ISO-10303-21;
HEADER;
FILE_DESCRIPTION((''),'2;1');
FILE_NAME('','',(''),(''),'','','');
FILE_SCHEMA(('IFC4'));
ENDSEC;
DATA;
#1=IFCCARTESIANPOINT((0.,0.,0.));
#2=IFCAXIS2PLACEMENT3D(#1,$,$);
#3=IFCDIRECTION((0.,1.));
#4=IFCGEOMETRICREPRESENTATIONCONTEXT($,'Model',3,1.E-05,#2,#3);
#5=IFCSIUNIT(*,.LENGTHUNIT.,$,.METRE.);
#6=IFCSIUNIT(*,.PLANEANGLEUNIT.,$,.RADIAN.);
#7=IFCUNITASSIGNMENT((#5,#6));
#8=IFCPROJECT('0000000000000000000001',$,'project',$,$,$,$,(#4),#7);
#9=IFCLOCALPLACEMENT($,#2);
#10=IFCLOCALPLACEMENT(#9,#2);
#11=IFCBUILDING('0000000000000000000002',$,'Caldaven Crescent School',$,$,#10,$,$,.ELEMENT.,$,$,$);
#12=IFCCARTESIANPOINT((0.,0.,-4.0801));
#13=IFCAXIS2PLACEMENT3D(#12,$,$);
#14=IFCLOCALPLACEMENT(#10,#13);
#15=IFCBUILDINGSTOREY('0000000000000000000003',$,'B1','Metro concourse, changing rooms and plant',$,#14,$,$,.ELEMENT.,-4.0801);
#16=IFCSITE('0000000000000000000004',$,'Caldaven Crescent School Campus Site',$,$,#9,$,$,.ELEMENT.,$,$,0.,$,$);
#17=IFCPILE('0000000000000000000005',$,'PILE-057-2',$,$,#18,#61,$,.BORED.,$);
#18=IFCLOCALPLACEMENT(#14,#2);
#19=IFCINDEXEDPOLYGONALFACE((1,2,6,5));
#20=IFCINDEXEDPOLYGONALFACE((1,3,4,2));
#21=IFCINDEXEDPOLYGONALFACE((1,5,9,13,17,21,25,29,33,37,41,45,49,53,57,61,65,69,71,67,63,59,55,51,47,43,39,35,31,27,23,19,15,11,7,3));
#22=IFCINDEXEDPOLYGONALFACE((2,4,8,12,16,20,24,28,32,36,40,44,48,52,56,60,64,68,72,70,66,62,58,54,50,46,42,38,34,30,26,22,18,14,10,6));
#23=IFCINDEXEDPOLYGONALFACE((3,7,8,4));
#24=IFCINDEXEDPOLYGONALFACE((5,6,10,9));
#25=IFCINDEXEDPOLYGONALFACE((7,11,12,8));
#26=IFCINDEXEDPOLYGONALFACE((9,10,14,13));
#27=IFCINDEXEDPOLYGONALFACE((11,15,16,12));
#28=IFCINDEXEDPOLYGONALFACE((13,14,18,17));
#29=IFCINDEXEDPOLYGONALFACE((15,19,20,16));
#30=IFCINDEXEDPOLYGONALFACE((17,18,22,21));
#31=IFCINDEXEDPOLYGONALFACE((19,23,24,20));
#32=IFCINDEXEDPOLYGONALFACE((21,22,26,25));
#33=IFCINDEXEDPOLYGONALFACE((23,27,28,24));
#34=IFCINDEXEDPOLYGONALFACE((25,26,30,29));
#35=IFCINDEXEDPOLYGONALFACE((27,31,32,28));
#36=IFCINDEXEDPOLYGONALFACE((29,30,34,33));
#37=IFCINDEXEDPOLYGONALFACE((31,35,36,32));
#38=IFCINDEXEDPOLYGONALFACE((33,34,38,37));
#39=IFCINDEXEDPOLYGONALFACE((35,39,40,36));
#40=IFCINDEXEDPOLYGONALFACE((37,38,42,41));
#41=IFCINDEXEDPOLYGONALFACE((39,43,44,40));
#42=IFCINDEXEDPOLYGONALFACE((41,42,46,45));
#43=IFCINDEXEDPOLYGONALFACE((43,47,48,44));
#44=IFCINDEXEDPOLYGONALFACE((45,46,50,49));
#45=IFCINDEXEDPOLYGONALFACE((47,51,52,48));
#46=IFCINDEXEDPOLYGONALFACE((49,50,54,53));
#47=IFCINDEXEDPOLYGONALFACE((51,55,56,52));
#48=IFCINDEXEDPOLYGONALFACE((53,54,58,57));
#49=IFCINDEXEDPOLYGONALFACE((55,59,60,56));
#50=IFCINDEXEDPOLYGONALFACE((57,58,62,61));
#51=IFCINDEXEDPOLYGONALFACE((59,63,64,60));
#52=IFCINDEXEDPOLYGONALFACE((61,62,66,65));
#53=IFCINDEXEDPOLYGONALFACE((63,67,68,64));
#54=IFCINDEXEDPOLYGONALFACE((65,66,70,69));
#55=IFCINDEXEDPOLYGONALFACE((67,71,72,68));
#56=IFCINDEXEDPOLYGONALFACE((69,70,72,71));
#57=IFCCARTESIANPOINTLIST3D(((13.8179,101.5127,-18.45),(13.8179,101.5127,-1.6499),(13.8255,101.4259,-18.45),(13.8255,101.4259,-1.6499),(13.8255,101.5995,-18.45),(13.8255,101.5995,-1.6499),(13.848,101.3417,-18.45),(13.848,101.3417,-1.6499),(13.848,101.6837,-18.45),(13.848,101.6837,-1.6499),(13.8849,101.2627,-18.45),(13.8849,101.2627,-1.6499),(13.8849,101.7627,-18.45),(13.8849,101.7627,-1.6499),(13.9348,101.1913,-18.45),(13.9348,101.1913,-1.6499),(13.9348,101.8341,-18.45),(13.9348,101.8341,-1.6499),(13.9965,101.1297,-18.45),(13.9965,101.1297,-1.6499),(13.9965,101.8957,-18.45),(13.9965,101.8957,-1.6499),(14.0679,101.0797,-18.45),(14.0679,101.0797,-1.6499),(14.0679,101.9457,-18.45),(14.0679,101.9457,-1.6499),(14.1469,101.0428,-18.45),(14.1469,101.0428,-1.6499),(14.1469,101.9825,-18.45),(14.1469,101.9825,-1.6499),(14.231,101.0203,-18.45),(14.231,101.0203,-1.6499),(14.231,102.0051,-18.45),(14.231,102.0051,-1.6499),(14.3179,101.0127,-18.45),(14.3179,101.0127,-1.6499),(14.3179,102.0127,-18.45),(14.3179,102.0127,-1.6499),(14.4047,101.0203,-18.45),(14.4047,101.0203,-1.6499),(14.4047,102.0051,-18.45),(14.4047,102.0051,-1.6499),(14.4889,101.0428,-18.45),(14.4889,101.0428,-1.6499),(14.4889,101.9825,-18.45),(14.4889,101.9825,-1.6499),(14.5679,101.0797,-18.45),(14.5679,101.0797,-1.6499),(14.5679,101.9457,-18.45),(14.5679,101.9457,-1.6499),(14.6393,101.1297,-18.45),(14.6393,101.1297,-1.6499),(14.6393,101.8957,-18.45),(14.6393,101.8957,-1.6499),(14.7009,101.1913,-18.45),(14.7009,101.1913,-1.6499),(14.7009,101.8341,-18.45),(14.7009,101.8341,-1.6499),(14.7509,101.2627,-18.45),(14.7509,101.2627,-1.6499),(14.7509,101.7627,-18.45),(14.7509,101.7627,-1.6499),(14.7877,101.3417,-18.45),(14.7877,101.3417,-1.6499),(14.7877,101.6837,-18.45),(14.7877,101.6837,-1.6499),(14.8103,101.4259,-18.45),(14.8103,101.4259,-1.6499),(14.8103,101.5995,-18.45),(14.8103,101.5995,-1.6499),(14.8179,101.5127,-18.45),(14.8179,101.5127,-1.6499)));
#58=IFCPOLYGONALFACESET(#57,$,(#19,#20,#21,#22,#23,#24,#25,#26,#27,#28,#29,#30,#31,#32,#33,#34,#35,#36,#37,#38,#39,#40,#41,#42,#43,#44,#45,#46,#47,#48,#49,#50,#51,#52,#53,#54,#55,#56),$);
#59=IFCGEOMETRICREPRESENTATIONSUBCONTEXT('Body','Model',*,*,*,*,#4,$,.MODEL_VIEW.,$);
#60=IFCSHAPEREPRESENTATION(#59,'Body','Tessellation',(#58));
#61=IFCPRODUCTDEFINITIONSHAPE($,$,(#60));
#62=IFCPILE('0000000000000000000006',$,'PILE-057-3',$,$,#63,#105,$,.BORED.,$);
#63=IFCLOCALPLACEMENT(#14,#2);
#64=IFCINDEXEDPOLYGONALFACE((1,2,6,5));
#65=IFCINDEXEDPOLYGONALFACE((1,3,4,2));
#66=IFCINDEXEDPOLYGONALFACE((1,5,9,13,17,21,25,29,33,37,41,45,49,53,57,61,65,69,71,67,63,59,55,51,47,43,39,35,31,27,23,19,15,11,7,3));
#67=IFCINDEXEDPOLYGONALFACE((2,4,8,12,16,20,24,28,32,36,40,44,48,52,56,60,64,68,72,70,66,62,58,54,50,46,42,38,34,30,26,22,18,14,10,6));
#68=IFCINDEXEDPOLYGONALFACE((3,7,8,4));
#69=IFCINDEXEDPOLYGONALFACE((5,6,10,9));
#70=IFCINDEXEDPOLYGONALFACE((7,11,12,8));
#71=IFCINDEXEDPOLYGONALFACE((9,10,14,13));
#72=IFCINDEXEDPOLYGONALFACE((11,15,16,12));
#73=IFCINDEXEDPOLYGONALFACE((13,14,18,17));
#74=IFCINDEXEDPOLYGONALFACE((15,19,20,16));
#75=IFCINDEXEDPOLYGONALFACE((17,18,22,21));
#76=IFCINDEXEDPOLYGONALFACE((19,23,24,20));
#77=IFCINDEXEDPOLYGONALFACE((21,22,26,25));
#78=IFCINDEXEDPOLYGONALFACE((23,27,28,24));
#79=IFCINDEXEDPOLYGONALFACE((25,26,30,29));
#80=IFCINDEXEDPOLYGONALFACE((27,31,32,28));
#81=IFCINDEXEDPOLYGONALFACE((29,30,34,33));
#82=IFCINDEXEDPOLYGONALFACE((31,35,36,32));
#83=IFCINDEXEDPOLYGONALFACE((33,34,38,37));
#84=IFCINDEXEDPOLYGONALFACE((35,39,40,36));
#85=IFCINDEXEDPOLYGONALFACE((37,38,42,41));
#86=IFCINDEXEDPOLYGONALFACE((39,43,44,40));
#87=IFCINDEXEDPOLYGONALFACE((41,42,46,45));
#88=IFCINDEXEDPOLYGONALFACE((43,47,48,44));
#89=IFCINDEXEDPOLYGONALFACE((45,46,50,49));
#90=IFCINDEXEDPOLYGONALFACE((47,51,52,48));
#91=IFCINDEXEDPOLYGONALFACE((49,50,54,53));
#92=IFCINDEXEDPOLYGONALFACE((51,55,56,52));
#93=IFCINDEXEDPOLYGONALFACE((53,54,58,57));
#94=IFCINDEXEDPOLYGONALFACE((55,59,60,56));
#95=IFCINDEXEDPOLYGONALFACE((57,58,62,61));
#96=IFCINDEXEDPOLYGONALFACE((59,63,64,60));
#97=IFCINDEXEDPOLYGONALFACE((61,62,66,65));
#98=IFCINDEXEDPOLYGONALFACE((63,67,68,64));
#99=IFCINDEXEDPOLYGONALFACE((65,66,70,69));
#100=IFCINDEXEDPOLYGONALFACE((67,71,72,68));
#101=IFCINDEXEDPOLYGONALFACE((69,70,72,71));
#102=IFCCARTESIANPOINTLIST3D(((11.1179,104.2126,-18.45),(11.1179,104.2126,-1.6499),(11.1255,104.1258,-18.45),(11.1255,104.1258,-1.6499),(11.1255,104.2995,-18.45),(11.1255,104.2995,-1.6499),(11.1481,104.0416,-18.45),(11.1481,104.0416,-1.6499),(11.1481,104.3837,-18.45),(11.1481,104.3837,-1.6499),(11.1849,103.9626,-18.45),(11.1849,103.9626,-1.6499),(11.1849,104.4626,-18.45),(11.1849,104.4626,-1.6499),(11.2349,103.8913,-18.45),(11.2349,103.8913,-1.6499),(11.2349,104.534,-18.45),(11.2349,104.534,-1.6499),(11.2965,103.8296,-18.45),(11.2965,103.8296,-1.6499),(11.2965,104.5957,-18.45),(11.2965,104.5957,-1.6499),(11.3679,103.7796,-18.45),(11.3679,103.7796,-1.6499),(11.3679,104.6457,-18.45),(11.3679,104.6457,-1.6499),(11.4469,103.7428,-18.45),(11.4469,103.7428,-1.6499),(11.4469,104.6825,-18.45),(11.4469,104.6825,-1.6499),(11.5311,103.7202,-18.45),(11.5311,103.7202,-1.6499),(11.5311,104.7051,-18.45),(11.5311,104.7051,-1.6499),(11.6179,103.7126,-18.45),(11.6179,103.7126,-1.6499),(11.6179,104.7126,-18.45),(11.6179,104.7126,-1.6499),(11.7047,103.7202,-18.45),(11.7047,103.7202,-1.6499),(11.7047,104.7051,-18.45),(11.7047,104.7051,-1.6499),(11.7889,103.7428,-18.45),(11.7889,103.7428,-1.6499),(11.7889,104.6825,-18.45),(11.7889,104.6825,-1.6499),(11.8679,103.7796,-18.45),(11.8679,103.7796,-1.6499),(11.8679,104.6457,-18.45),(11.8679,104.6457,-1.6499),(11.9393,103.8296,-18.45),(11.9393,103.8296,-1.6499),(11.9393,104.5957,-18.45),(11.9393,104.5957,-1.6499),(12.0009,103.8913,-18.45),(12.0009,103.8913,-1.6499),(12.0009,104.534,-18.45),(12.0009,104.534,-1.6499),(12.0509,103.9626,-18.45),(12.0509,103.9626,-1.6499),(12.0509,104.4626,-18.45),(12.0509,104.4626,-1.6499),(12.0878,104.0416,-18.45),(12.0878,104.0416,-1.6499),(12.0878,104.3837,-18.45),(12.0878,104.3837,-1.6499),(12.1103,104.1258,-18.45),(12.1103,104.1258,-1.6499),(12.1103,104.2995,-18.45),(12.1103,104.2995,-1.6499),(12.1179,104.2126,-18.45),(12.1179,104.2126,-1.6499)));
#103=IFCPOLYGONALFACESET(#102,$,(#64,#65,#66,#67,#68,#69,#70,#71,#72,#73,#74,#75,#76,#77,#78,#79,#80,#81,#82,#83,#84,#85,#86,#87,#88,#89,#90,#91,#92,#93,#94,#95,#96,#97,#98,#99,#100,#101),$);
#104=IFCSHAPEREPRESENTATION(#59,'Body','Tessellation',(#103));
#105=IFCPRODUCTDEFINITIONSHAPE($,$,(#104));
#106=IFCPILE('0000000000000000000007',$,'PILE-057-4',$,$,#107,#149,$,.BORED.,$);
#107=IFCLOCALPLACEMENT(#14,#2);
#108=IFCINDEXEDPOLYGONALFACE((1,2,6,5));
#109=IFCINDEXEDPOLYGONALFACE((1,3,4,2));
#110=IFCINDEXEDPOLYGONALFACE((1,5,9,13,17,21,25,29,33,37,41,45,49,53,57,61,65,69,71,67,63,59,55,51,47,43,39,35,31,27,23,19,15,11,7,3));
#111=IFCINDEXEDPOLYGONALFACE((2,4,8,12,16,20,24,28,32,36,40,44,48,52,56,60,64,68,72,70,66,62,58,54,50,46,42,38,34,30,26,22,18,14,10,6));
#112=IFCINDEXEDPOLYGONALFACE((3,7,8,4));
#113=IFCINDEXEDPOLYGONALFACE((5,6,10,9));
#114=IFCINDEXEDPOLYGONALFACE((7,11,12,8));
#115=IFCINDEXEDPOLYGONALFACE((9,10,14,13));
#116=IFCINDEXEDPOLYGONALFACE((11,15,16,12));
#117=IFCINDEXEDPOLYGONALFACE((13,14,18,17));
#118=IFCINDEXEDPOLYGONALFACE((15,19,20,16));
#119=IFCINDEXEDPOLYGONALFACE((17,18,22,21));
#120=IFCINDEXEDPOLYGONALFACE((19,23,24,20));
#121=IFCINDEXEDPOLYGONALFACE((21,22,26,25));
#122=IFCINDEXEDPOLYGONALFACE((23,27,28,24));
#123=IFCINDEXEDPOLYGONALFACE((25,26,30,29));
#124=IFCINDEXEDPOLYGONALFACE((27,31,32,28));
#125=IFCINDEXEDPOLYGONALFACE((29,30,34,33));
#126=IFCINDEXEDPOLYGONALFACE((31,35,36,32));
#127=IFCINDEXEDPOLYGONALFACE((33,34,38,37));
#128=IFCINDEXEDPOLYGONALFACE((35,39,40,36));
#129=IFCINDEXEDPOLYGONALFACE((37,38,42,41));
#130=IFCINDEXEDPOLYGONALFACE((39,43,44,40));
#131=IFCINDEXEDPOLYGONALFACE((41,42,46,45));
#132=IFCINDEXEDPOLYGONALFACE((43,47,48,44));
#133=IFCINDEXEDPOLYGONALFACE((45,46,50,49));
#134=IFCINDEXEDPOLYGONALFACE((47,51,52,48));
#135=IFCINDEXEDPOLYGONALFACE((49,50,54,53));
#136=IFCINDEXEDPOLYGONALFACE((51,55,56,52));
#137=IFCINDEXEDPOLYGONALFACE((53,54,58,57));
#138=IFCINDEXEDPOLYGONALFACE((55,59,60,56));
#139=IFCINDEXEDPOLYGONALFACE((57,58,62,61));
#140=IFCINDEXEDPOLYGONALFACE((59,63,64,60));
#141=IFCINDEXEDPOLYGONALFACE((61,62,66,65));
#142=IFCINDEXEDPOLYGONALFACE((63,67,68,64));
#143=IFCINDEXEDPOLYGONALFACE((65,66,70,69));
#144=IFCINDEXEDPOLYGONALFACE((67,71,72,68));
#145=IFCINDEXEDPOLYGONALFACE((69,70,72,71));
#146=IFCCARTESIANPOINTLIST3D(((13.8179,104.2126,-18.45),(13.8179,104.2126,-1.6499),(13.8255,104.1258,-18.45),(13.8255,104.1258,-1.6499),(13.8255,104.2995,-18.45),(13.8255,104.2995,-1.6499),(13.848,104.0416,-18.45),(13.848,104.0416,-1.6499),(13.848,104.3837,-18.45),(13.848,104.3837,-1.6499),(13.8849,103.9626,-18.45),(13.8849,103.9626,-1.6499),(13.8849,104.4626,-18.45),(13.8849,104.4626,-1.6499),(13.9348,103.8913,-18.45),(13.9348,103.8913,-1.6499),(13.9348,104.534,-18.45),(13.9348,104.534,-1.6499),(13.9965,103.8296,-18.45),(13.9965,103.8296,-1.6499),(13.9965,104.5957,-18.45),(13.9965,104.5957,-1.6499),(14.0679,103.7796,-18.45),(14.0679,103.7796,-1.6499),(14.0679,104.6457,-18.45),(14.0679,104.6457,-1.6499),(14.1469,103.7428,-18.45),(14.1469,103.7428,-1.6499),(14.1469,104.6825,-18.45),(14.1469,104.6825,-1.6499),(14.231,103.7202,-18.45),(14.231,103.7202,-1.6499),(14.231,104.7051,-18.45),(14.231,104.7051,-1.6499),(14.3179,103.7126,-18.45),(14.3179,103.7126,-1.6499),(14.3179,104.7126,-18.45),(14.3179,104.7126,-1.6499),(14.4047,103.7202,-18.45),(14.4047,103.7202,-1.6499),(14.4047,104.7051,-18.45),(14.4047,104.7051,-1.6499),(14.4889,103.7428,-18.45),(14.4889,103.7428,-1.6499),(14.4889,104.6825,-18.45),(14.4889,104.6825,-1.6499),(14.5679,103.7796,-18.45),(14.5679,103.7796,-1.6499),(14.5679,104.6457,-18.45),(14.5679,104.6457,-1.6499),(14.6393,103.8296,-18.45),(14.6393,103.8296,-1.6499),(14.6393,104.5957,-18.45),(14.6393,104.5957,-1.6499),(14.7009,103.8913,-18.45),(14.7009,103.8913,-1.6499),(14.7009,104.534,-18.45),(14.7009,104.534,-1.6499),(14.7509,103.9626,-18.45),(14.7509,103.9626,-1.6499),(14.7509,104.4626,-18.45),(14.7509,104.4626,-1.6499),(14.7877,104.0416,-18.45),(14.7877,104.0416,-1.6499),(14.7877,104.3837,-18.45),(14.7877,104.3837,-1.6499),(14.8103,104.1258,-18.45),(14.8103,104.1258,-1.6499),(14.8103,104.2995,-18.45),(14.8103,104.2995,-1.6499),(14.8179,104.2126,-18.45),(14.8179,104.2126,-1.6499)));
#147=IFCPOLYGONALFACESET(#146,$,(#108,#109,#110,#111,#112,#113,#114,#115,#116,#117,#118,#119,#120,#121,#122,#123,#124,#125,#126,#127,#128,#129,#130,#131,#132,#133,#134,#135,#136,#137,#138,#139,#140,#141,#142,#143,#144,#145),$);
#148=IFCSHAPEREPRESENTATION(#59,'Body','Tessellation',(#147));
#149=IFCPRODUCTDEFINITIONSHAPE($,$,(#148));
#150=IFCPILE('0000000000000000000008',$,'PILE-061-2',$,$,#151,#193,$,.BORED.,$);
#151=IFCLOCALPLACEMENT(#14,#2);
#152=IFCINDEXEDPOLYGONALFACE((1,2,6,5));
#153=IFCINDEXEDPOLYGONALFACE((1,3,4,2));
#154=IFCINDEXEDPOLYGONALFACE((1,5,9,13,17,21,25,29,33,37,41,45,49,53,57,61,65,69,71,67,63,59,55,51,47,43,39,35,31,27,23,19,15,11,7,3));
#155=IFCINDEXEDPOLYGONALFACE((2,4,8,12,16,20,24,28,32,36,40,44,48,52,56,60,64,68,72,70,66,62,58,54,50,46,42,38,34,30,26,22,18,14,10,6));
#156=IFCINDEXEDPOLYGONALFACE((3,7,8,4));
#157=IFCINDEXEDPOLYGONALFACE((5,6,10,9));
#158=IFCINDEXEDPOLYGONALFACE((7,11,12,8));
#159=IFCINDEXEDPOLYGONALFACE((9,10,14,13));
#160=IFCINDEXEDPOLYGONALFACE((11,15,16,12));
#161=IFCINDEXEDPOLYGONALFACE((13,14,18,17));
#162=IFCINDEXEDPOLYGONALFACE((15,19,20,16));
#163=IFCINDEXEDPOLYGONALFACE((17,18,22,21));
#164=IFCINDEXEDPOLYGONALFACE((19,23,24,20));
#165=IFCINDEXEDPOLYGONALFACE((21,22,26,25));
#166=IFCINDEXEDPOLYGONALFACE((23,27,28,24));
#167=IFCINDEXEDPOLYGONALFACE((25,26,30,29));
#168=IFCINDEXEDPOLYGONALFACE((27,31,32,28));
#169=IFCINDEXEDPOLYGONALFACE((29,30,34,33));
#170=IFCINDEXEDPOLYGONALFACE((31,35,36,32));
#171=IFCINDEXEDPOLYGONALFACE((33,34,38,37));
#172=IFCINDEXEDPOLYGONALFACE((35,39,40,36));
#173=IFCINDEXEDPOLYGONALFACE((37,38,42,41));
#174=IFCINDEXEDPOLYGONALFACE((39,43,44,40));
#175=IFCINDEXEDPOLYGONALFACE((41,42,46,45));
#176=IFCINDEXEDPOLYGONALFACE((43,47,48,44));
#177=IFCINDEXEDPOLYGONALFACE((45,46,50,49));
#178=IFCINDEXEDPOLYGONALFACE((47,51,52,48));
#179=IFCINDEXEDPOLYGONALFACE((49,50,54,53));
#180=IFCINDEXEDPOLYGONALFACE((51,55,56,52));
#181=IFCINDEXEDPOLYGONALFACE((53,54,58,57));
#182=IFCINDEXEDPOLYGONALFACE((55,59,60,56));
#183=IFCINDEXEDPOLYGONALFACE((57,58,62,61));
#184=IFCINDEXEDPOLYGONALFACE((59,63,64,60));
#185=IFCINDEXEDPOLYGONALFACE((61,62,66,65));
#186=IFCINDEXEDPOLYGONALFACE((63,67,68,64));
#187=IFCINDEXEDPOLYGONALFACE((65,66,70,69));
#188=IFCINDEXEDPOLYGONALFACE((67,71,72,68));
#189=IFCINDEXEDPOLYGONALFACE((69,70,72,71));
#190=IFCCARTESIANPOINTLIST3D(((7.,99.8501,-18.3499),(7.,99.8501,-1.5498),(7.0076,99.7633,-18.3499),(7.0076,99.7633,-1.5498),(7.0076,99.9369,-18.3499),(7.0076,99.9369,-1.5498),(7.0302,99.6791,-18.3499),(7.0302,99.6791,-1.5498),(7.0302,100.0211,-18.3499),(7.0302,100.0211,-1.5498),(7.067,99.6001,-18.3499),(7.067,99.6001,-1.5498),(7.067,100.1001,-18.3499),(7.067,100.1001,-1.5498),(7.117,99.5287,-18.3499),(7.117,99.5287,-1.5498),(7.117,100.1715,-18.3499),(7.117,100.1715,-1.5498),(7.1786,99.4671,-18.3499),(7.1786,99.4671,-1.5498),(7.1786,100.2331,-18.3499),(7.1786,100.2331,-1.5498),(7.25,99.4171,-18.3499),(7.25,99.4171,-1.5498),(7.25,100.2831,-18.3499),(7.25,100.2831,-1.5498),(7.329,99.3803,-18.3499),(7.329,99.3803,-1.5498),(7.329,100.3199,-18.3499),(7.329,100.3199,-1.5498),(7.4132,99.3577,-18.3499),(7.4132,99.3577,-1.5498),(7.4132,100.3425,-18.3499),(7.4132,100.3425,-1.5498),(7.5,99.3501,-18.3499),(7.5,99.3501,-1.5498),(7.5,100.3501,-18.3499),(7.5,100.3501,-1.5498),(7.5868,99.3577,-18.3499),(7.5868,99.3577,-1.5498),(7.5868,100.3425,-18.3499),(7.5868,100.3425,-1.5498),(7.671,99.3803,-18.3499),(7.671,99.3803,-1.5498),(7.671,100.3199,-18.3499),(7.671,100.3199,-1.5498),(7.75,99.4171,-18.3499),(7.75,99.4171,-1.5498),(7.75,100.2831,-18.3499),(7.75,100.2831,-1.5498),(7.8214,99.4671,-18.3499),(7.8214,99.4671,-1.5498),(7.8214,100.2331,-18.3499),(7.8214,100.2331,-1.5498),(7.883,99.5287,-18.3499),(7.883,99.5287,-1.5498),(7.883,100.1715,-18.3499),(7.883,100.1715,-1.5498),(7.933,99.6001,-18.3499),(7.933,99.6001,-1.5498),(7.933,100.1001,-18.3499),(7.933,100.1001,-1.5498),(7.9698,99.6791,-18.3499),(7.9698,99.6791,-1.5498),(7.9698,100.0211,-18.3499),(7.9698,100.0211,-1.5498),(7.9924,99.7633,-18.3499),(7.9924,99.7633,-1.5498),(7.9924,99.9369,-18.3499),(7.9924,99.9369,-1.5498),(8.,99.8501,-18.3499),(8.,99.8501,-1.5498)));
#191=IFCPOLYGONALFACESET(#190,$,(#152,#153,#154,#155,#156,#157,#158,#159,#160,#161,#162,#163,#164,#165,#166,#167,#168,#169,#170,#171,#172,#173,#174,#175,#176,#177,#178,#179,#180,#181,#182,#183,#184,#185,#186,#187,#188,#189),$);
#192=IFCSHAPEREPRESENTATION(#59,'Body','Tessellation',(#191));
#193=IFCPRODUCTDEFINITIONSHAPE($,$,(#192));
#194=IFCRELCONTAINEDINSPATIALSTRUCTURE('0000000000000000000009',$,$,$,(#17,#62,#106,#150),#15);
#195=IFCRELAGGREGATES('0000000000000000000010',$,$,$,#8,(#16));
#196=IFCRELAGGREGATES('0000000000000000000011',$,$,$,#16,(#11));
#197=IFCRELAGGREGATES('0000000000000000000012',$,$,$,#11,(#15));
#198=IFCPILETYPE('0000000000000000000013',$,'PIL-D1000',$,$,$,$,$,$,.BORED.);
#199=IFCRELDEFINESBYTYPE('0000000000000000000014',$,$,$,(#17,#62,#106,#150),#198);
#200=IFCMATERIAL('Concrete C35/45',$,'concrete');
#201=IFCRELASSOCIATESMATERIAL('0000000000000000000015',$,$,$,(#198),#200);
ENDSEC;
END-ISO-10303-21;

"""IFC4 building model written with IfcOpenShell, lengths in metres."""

from ifc_helpers import new_model, si_unit, direction, frame, origin, origin_2d, place, context, subcontext, project, spatial, circle, extrude, material, material_profile, profile_set, type_object, element, save


model = new_model("IFC4")

# Units and contexts
model_context = context("Model", 3, precision=1e-05, world=origin(), true_north=direction((0.0, 1.0)))
body_context = subcontext(model_context, "Body", "Model", "MODEL_VIEW")
ifc_project = project(units=[si_unit("LENGTHUNIT", "METRE"), si_unit("PLANEANGLEUNIT", "RADIAN")], contexts=[model_context])

# Site, building, storey
site_placement = place(None, origin())
site = spatial("IfcSite", under=ifc_project, at=site_placement, Name="Caldaven Crescent School Campus Site", CompositionType="ELEMENT", RefElevation=0.0)
building_placement = place(site_placement, origin())
building = spatial("IfcBuilding", under=site, at=building_placement, Name="Caldaven Crescent School", CompositionType="ELEMENT")
storey_placement = place(building_placement, frame((0.0, 0.0, -4.0801)))
storey = spatial("IfcBuildingStorey", under=building, at=storey_placement, Name="B1", Description="Metro concourse, changing rooms and plant", CompositionType="ELEMENT", Elevation=-4.0801)

# Shared definitions
ifc_material_1 = material(Name="Concrete C35/45", Category="concrete")

# Piles
ifc_material_profile_1 = material_profile(ifc_material_1, circle(Radius=0.5, at=origin_2d()), Name="PILE D1000")
ifc_profile_set_1 = profile_set([ifc_material_profile_1], Name="Concrete C35/45")
pile_type_1 = type_object("IfcPileType", Name="PIL-D1000", PredefinedType="BORED", material=ifc_profile_set_1)
for number, where, z_axis, x_axis, name in (
    (1, (14.3179, 101.5127, -1.6499), (0.0, 0.0, -1.0), (1.0, 0.0, 0.0), "PILE-057-2"),
    (2, (11.6179, 104.2126, -1.6499), (0.0, 0.0, -1.0), (1.0, 0.0, 0.0), "PILE-057-3"),
    (3, (14.3179, 104.2126, -1.6499), (0.0, 0.0, -1.0), (1.0, 0.0, 0.0), "PILE-057-4"),
    (4, (7.5, 99.8501, -1.5498), (0.0, 0.0, -1.0), (1.0, 0.0, 0.0), "PILE-061-2"),
):
    element("IfcPile", number, at=place(storey_placement, frame(where, z_axis=z_axis, x_axis=x_axis)), inside=storey, type_object=pile_type_1, Name=name, PredefinedType="BORED", context=body_context, shape_type="SweptSolid", body=[
        extrude(circle(Radius=0.5, at=origin_2d()), origin(), (0.0, 0.0, 1.0), 16.8),
    ])

save(model, "model.ifc")
